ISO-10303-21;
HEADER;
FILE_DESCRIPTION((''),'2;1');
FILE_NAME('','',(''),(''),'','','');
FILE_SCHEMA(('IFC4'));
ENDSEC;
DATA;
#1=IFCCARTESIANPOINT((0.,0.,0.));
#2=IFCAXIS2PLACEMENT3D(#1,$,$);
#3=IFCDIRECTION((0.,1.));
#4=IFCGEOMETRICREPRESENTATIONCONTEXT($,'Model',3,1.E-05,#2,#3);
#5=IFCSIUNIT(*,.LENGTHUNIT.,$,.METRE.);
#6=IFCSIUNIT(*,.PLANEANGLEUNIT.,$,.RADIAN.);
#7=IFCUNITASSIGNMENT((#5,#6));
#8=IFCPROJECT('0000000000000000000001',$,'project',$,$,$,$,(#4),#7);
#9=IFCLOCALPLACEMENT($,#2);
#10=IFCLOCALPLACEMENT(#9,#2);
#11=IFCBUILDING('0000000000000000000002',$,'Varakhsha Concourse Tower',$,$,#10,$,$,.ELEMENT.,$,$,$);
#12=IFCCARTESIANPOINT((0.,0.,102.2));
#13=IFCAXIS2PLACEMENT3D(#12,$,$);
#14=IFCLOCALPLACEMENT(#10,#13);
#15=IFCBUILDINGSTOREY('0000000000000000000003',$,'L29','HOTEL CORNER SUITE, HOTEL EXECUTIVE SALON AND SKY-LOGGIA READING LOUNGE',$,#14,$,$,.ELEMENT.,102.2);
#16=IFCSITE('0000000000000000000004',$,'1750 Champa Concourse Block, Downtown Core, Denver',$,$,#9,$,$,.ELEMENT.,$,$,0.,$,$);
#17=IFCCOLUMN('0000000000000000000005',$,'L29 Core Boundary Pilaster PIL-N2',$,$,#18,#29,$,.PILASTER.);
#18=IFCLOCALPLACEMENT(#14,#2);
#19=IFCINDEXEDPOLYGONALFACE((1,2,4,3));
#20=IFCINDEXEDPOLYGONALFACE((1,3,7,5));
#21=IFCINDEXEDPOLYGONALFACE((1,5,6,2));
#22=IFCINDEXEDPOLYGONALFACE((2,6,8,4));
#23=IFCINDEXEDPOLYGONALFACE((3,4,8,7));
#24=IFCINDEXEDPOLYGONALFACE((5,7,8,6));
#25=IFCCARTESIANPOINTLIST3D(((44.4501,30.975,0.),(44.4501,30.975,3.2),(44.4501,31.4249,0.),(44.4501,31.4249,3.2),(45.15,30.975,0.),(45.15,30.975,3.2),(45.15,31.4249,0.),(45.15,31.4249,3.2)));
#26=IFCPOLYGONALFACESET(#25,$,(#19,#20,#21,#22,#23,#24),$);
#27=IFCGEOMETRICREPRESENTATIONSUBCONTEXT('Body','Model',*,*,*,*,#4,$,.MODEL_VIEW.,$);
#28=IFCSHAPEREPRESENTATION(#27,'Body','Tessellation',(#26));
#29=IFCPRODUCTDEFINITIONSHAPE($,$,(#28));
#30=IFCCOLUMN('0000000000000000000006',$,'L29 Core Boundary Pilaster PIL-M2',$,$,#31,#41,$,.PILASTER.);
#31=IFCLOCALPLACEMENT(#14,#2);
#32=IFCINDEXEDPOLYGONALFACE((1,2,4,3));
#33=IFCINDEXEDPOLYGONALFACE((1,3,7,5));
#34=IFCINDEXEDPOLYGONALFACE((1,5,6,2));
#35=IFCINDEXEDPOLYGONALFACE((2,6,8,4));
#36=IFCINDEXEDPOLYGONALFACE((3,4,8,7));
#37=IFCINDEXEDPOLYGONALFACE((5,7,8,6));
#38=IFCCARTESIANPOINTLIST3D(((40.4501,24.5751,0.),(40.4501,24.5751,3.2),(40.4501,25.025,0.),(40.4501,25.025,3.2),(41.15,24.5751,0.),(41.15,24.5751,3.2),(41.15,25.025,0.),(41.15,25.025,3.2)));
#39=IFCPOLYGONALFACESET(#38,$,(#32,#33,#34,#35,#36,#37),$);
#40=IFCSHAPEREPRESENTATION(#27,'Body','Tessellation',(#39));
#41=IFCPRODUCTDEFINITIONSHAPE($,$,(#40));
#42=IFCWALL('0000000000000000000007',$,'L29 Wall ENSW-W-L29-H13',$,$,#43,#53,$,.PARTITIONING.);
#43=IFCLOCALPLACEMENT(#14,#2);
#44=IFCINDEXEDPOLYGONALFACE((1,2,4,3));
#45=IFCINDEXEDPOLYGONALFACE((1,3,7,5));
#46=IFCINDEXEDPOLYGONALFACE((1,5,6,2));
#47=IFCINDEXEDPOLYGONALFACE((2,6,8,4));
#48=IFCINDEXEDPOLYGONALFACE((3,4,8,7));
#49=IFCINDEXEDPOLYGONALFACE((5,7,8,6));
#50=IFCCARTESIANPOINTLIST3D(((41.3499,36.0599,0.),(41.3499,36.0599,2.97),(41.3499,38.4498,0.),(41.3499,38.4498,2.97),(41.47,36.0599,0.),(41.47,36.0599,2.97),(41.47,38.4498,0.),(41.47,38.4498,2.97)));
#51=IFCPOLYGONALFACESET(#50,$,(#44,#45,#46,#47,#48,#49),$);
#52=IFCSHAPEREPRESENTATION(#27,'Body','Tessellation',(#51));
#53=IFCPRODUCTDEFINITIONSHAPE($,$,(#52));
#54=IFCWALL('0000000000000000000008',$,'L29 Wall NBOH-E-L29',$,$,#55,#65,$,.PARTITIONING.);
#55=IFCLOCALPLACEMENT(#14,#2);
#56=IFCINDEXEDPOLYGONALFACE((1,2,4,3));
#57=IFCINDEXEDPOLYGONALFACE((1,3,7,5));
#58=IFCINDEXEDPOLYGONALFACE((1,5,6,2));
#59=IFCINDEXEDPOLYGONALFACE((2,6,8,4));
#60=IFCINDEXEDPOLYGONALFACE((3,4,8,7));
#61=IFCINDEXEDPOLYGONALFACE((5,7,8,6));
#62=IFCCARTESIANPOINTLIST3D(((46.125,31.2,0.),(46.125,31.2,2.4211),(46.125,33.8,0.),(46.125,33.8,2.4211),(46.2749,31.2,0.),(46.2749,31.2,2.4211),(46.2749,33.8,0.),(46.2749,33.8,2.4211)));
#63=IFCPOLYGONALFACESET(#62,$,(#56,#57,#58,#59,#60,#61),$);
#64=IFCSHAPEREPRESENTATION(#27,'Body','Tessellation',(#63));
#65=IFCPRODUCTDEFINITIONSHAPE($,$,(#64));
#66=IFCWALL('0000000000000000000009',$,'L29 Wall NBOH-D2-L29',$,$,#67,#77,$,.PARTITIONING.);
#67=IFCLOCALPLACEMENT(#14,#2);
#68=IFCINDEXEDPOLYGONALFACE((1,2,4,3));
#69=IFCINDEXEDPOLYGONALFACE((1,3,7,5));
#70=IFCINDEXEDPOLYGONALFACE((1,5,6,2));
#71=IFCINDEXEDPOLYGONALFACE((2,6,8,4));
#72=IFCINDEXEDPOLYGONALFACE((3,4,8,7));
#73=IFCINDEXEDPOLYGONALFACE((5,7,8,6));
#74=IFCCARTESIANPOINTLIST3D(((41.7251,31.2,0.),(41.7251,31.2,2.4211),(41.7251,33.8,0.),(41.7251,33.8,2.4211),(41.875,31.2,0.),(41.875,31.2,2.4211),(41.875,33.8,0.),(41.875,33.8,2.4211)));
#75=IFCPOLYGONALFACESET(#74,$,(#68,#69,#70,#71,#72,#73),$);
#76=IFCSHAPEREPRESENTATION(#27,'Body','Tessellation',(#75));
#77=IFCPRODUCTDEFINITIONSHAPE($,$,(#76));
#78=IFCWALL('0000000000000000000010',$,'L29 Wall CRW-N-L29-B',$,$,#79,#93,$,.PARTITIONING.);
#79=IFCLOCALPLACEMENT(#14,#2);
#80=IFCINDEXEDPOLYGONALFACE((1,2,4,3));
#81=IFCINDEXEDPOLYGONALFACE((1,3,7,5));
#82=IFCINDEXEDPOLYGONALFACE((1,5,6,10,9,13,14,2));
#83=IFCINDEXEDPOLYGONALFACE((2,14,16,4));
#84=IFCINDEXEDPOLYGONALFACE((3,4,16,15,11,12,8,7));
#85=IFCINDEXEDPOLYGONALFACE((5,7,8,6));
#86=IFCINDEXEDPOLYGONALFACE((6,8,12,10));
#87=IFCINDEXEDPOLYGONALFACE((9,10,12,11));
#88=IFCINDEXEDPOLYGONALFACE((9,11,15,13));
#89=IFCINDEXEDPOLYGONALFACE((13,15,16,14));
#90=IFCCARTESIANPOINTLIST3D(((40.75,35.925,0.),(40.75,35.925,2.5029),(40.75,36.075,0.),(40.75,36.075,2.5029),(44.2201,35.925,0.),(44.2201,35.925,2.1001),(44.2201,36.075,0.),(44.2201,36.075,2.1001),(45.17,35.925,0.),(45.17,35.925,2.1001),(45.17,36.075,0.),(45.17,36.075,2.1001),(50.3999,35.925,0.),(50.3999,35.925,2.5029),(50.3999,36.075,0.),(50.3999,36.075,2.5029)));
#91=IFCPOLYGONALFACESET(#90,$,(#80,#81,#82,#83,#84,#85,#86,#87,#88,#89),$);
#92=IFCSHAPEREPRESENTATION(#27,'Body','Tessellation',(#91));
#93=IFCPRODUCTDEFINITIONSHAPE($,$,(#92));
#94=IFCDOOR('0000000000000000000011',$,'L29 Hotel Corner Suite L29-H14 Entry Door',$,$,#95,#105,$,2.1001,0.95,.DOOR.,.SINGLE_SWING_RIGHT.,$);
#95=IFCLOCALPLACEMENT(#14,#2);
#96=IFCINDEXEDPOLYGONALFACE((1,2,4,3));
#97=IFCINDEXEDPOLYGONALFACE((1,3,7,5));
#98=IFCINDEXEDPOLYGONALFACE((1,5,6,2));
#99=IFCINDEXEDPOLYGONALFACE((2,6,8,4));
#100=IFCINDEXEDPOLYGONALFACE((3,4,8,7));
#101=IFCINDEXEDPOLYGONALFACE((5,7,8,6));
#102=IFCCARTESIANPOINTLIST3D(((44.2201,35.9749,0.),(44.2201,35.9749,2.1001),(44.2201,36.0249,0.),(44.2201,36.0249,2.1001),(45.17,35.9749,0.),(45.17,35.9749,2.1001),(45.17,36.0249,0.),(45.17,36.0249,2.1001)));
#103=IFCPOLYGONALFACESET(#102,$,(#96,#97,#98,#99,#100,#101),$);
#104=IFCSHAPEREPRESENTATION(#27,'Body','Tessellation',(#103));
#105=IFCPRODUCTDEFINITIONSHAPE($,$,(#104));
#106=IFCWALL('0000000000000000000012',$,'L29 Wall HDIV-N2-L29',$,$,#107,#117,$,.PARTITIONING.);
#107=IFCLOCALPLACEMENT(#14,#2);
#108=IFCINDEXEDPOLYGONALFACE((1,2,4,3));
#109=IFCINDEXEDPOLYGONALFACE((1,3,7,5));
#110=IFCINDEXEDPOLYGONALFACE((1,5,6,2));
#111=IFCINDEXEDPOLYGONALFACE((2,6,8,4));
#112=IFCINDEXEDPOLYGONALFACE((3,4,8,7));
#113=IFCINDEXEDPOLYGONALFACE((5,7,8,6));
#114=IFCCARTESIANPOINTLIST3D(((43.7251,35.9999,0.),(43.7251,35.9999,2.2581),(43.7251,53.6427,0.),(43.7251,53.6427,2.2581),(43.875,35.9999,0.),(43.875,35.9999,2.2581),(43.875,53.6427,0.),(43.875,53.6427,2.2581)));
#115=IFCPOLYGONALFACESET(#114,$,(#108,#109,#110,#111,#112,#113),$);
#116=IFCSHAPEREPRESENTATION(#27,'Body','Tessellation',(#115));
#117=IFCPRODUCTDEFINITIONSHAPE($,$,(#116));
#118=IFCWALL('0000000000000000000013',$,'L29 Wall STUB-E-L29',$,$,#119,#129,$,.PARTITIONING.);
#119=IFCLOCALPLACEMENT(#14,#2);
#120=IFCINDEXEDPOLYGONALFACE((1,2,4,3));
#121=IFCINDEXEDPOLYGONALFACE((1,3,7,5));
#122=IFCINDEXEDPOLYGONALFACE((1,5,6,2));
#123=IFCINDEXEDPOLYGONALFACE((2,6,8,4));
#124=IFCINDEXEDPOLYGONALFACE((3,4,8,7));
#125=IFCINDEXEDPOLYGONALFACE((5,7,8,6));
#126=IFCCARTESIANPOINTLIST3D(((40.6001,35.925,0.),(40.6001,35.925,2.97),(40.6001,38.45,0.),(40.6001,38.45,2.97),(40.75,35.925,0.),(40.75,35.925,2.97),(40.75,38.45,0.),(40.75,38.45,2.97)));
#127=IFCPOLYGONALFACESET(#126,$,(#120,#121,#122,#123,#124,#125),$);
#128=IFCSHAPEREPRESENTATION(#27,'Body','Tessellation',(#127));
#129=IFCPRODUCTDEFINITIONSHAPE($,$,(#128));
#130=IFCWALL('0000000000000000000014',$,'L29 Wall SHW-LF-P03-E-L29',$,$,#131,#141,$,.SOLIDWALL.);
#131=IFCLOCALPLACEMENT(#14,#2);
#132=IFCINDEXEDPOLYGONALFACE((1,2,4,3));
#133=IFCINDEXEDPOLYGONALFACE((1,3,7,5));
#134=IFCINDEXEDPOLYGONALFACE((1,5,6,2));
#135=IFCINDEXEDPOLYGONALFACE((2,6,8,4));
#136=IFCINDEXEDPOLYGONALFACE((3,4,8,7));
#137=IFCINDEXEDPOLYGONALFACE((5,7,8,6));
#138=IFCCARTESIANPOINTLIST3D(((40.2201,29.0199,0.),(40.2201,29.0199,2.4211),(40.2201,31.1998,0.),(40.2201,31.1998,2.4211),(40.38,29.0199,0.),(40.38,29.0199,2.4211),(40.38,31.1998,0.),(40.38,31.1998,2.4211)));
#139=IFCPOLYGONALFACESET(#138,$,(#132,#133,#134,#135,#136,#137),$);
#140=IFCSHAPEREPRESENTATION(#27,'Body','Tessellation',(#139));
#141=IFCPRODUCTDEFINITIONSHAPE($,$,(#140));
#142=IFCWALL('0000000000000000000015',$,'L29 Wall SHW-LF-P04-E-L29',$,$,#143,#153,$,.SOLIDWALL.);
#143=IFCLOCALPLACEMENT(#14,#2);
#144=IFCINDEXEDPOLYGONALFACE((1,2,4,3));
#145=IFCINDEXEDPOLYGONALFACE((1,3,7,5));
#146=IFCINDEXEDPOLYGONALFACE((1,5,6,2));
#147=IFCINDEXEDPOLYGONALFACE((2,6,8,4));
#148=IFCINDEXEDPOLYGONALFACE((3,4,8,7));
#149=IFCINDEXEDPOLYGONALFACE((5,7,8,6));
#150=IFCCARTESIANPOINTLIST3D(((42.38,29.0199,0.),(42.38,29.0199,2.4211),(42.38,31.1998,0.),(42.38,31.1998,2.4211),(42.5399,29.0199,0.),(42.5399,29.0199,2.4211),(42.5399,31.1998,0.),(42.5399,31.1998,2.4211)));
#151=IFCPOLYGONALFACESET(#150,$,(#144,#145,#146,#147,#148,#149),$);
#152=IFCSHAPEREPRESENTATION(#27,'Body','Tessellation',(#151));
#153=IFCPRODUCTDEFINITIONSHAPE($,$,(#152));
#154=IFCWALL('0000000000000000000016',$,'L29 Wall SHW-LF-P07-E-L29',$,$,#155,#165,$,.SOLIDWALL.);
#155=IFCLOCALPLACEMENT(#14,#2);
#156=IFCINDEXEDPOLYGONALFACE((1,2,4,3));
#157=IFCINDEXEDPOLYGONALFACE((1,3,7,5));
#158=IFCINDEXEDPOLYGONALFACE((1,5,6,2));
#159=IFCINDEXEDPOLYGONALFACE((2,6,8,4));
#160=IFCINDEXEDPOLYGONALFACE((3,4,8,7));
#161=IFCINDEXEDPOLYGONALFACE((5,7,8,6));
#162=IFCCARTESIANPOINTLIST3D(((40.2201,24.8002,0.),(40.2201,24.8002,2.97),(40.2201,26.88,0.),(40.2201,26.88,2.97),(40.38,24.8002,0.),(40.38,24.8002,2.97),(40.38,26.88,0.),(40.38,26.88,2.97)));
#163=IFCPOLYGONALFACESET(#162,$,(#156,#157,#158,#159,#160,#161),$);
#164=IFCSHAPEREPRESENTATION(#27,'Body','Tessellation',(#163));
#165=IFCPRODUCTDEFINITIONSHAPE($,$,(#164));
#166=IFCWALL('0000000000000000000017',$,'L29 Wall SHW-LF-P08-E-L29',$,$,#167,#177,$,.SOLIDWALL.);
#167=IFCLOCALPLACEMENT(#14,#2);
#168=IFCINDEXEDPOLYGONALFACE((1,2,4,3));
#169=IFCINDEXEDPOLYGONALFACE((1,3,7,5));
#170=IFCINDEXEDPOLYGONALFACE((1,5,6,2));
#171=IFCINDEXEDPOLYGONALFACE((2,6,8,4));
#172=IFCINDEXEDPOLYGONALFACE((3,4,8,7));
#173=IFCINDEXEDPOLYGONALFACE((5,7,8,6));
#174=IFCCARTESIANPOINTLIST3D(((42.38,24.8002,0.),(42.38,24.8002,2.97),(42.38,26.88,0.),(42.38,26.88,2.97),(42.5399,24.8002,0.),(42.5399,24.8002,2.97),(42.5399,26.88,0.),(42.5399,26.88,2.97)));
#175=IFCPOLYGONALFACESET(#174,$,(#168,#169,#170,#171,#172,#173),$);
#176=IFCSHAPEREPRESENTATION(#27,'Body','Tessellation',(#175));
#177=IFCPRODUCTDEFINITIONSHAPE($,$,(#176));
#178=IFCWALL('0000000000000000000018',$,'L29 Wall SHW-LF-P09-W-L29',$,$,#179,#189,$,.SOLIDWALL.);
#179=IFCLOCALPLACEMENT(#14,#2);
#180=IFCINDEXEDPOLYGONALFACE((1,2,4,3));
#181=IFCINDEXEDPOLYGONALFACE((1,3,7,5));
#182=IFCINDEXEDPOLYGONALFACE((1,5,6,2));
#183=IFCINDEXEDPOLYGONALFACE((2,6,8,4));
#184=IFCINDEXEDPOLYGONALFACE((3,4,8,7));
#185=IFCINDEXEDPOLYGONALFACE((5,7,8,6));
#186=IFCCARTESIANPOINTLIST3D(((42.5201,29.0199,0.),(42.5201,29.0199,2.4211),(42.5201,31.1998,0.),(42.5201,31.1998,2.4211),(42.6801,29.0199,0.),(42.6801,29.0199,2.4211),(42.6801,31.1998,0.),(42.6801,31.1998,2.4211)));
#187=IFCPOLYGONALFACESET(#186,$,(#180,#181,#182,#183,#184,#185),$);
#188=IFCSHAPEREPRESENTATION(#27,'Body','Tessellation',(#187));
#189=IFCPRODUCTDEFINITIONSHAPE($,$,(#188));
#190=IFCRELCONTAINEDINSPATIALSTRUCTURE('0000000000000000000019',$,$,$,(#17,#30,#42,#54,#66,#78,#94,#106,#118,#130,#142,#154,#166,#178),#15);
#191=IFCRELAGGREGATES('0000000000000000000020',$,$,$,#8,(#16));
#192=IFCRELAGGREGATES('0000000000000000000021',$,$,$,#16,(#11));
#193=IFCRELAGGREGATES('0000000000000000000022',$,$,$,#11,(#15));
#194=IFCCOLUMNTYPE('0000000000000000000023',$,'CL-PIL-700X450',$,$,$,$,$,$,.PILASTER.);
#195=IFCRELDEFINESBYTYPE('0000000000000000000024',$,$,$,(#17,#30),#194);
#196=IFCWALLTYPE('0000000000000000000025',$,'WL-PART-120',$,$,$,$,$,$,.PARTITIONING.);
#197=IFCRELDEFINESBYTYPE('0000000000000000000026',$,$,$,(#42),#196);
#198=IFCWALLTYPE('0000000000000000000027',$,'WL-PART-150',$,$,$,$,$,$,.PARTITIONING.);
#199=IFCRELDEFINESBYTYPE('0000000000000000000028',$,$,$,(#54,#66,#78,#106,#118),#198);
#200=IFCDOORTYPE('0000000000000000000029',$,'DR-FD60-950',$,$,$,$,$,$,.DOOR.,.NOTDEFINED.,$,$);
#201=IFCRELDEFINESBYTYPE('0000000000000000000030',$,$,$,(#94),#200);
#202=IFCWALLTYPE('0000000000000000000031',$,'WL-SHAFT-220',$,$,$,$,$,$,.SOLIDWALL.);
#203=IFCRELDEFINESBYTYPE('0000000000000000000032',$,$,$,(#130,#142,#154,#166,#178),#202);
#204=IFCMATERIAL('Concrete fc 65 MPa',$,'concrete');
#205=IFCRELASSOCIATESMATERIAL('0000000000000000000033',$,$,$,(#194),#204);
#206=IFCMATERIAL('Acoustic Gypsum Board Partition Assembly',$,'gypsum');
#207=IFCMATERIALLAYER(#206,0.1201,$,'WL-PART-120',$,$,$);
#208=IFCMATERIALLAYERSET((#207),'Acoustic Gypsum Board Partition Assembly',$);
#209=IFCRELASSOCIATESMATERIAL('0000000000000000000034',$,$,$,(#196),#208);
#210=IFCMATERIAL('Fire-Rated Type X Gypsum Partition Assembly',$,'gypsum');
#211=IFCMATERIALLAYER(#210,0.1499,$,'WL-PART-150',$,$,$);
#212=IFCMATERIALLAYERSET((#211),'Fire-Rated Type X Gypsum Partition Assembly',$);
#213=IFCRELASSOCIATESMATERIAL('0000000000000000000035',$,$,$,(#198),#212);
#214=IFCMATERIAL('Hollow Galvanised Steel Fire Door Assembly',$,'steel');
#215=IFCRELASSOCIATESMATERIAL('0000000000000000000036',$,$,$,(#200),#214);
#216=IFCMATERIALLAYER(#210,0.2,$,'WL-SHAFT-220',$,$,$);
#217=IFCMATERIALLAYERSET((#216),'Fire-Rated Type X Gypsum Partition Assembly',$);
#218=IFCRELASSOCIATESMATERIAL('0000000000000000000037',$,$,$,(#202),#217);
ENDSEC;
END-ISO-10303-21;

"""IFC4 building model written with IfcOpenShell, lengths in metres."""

from ifc_helpers import new_model, si_unit, direction, frame, frame_2d, origin, origin_2d, place, context, subcontext, project, spatial, rectangle, extrude, material, layer, layer_set, material_profile, profile_set, type_object, element, fill, save


model = new_model("IFC4")

# Units and contexts
model_context = context("Model", 3, precision=1e-05, world=origin(), true_north=direction((0.0, 1.0)))
body_context = subcontext(model_context, "Body", "Model", "MODEL_VIEW")
ifc_project = project(units=[si_unit("LENGTHUNIT", "METRE"), si_unit("PLANEANGLEUNIT", "RADIAN")], contexts=[model_context])

# Site, building, storey
site_placement = place(None, origin())
site = spatial("IfcSite", under=ifc_project, at=site_placement, Name="1750 Champa Concourse Block, Downtown Core, Denver", CompositionType="ELEMENT", RefElevation=0.0)
building_placement = place(site_placement, origin())
building = spatial("IfcBuilding", under=site, at=building_placement, Name="Varakhsha Concourse Tower", CompositionType="ELEMENT")
storey_placement = place(building_placement, frame((0.0, 0.0, 102.2)))
storey = spatial("IfcBuildingStorey", under=building, at=storey_placement, Name="L29", Description="HOTEL CORNER SUITE, HOTEL EXECUTIVE SALON AND SKY-LOGGIA READING LOUNGE", CompositionType="ELEMENT", Elevation=102.2)

# Columns
ifc_material_1 = material(Name="Concrete fc 65 MPa", Category="concrete")
ifc_material_profile = material_profile(ifc_material_1, rectangle(XDim=0.7, YDim=0.45, at=origin_2d()), Name="RC 700x450")
ifc_profile_set = profile_set([ifc_material_profile], Name="Concrete fc 65 MPa")
column_type = type_object("IfcColumnType", Name="CL-PIL-700X450", PredefinedType="PILASTER", material=ifc_profile_set)
for number, where, z_axis, x_axis, name in (
    (1, (44.8, 31.2, 0.0), (0.0, 0.0, 1.0), (1.0, 0.0, 0.0), "L29 Core Boundary Pilaster PIL-N2"),
    (2, (40.8, 24.8, 0.0), (0.0, 0.0, 1.0), (1.0, 0.0, 0.0), "L29 Core Boundary Pilaster PIL-M2"),
):
    element("IfcColumn", number, at=place(storey_placement, frame(where, z_axis=z_axis, x_axis=x_axis)), inside=storey, type_object=column_type, Name=name, PredefinedType="PILASTER", context=body_context, shape_type="SweptSolid", body=[
        extrude(rectangle(XDim=0.7, YDim=0.45, at=origin_2d()), origin(), (0.0, 0.0, 1.0), 3.2),
    ])

# Walls
ifc_material_2 = material(Name="Acoustic Gypsum Board Partition Assembly", Category="gypsum")
ifc_layer_1 = layer(ifc_material_2, 0.1201, Name="WL-PART-120")
ifc_layer_set_1 = layer_set([ifc_layer_1], Name="Acoustic Gypsum Board Partition Assembly")
wall_type_1 = type_object("IfcWallType", Name="WL-PART-120", PredefinedType="PARTITIONING", material=ifc_layer_set_1)
wall_1_placement = place(storey_placement, frame((41.4099, 36.0601, 0.0), z_axis=(0.0, 0.0, 1.0), x_axis=(0.0, 1.0, 0.0)))
element("IfcWall", 3, at=wall_1_placement, inside=storey, type_object=wall_type_1, Name="L29 Wall ENSW-W-L29-H13", PredefinedType="PARTITIONING", context=body_context, shape_type="SweptSolid", body=[
    extrude(rectangle(XDim=2.3899, YDim=0.1201, at=frame_2d((1.1948, 0.0))), origin(), (0.0, 0.0, 1.0), 2.97),
])
ifc_material_3 = material(Name="Fire-Rated Type X Gypsum Partition Assembly", Category="gypsum")
ifc_layer_2 = layer(ifc_material_3, 0.1499, Name="WL-PART-150")
ifc_layer_set_2 = layer_set([ifc_layer_2], Name="Fire-Rated Type X Gypsum Partition Assembly")
wall_type_2 = type_object("IfcWallType", Name="WL-PART-150", PredefinedType="PARTITIONING", material=ifc_layer_set_2)
for number, where, z_axis, x_axis, name in (
    (4, (46.2, 31.2, 0.0), (0.0, 0.0, 1.0), (0.0, 1.0, 0.0), "L29 Wall NBOH-E-L29"),
    (5, (41.8, 31.2, 0.0), (0.0, 0.0, 1.0), (0.0, 1.0, 0.0), "L29 Wall NBOH-D2-L29"),
):
    element("IfcWall", number, at=place(storey_placement, frame(where, z_axis=z_axis, x_axis=x_axis)), inside=storey, type_object=wall_type_2, Name=name, PredefinedType="PARTITIONING", context=body_context, shape_type="SweptSolid", body=[
        extrude(rectangle(XDim=2.6001, YDim=0.1499, at=frame_2d((1.3, 0.0))), origin(), (0.0, 0.0, 1.0), 2.4211),
    ])

# Wall, opening, door
wall_2_placement = place(storey_placement, frame((40.75, 36.0, 0.0), z_axis=(0.0, 0.0, 1.0), x_axis=(1.0, 0.0, 0.0)))
wall_2 = element("IfcWall", 6, at=wall_2_placement, inside=storey, type_object=wall_type_2, Name="L29 Wall CRW-N-L29-B", PredefinedType="PARTITIONING", context=body_context, shape_type="SweptSolid", body=[
    extrude(rectangle(XDim=9.6499, YDim=0.1499, at=frame_2d((4.825, 0.0))), origin(), (0.0, 0.0, 1.0), 2.5029),
])
opening_placement = place(wall_2_placement, frame((3.47, 0.0, 0.0)))
opening = element("IfcOpeningElement", 7, at=opening_placement, cuts=wall_2, PredefinedType="OPENING", context=body_context, shape_type="SweptSolid", body=[
    extrude(rectangle(XDim=0.95, YDim=2.1001, at=frame_2d((0.4751, 1.05))), frame((0.0, 0.085, 0.0), z_axis=(0.0, -1.0, 0.0), x_axis=(1.0, 0.0, 0.0)), (0.0, 0.0, 1.0), 0.1699),
])
ifc_material_4 = material(Name="Hollow Galvanised Steel Fire Door Assembly", Category="steel")
door_type = type_object("IfcDoorType", Name="DR-FD60-950", OperationType="NOTDEFINED", PredefinedType="DOOR", material=ifc_material_4)
door_placement = place(opening_placement, origin())
door = element("IfcDoor", 8, at=door_placement, inside=storey, type_object=door_type, Name="L29 Hotel Corner Suite L29-H14 Entry Door", OperationType="SINGLE_SWING_RIGHT", OverallHeight=2.1001, OverallWidth=0.95, PredefinedType="DOOR", context=body_context, shape_type="SweptSolid", body=[
    extrude(rectangle(XDim=0.95, YDim=2.1001, at=frame_2d((0.4751, 1.05))), frame((0.0, 0.0249, 0.0), z_axis=(0.0, -1.0, 0.0), x_axis=(1.0, 0.0, 0.0)), (0.0, 0.0, 1.0), 0.05),
])
fill(opening, door)

# Walls
wall_3_placement = place(storey_placement, frame((43.8, 36.0, 0.0), z_axis=(0.0, 0.0, 1.0), x_axis=(0.0, 1.0, 0.0)))
element("IfcWall", 9, at=wall_3_placement, inside=storey, type_object=wall_type_2, Name="L29 Wall HDIV-N2-L29", PredefinedType="PARTITIONING", context=body_context, shape_type="SweptSolid", body=[
    extrude(rectangle(XDim=17.6428, YDim=0.1499, at=frame_2d((8.8213, 0.0))), origin(), (0.0, 0.0, 1.0), 2.2581),
])
wall_4_placement = place(storey_placement, frame((40.675, 35.925, 0.0), z_axis=(0.0, 0.0, 1.0), x_axis=(0.0, 1.0, 0.0)))
element("IfcWall", 10, at=wall_4_placement, inside=storey, type_object=wall_type_2, Name="L29 Wall STUB-E-L29", PredefinedType="PARTITIONING", context=body_context, shape_type="SweptSolid", body=[
    extrude(rectangle(XDim=2.5249, YDim=0.1499, at=frame_2d((1.2625, 0.0))), origin(), (0.0, 0.0, 1.0), 2.97),
])
ifc_layer_3 = layer(ifc_material_3, 0.2, Name="WL-SHAFT-220")
ifc_layer_set_3 = layer_set([ifc_layer_3], Name="Fire-Rated Type X Gypsum Partition Assembly")
wall_type_3 = type_object("IfcWallType", Name="WL-SHAFT-220", PredefinedType="SOLIDWALL", material=ifc_layer_set_3)
for number, where, z_axis, x_axis, name in (
    (11, (40.3, 29.02, 0.0), (0.0, 0.0, 1.0), (0.0, 1.0, 0.0), "L29 Wall SHW-LF-P03-E-L29"),
    (12, (42.46, 29.02, 0.0), (0.0, 0.0, 1.0), (0.0, 1.0, 0.0), "L29 Wall SHW-LF-P04-E-L29"),
):
    element("IfcWall", number, at=place(storey_placement, frame(where, z_axis=z_axis, x_axis=x_axis)), inside=storey, type_object=wall_type_3, Name=name, PredefinedType="SOLIDWALL", context=body_context, shape_type="SweptSolid", body=[
        extrude(rectangle(XDim=2.1799, YDim=0.1599, at=frame_2d((1.0898, 0.0))), origin(), (0.0, 0.0, 1.0), 2.4211),
    ])
for number, where, z_axis, x_axis, name in (
    (13, (40.3, 24.8, 0.0), (0.0, 0.0, 1.0), (0.0, 1.0, 0.0), "L29 Wall SHW-LF-P07-E-L29"),
    (14, (42.46, 24.8, 0.0), (0.0, 0.0, 1.0), (0.0, 1.0, 0.0), "L29 Wall SHW-LF-P08-E-L29"),
):
    element("IfcWall", number, at=place(storey_placement, frame(where, z_axis=z_axis, x_axis=x_axis)), inside=storey, type_object=wall_type_3, Name=name, PredefinedType="SOLIDWALL", context=body_context, shape_type="SweptSolid", body=[
        extrude(rectangle(XDim=2.0798, YDim=0.1599, at=frame_2d((1.04, 0.0))), origin(), (0.0, 0.0, 1.0), 2.97),
    ])
for number, where, z_axis, x_axis, name in (
    (15, (42.6001, 29.02, 0.0), (0.0, 0.0, 1.0), (0.0, 1.0, 0.0), "L29 Wall SHW-LF-P09-W-L29"),
):
    element("IfcWall", number, at=place(storey_placement, frame(where, z_axis=z_axis, x_axis=x_axis)), inside=storey, type_object=wall_type_3, Name=name, PredefinedType="SOLIDWALL", context=body_context, shape_type="SweptSolid", body=[
        extrude(rectangle(XDim=2.1799, YDim=0.1599, at=frame_2d((1.0898, 0.0))), origin(), (0.0, 0.0, 1.0), 2.4211),
    ])

save(model, "model.ifc")
